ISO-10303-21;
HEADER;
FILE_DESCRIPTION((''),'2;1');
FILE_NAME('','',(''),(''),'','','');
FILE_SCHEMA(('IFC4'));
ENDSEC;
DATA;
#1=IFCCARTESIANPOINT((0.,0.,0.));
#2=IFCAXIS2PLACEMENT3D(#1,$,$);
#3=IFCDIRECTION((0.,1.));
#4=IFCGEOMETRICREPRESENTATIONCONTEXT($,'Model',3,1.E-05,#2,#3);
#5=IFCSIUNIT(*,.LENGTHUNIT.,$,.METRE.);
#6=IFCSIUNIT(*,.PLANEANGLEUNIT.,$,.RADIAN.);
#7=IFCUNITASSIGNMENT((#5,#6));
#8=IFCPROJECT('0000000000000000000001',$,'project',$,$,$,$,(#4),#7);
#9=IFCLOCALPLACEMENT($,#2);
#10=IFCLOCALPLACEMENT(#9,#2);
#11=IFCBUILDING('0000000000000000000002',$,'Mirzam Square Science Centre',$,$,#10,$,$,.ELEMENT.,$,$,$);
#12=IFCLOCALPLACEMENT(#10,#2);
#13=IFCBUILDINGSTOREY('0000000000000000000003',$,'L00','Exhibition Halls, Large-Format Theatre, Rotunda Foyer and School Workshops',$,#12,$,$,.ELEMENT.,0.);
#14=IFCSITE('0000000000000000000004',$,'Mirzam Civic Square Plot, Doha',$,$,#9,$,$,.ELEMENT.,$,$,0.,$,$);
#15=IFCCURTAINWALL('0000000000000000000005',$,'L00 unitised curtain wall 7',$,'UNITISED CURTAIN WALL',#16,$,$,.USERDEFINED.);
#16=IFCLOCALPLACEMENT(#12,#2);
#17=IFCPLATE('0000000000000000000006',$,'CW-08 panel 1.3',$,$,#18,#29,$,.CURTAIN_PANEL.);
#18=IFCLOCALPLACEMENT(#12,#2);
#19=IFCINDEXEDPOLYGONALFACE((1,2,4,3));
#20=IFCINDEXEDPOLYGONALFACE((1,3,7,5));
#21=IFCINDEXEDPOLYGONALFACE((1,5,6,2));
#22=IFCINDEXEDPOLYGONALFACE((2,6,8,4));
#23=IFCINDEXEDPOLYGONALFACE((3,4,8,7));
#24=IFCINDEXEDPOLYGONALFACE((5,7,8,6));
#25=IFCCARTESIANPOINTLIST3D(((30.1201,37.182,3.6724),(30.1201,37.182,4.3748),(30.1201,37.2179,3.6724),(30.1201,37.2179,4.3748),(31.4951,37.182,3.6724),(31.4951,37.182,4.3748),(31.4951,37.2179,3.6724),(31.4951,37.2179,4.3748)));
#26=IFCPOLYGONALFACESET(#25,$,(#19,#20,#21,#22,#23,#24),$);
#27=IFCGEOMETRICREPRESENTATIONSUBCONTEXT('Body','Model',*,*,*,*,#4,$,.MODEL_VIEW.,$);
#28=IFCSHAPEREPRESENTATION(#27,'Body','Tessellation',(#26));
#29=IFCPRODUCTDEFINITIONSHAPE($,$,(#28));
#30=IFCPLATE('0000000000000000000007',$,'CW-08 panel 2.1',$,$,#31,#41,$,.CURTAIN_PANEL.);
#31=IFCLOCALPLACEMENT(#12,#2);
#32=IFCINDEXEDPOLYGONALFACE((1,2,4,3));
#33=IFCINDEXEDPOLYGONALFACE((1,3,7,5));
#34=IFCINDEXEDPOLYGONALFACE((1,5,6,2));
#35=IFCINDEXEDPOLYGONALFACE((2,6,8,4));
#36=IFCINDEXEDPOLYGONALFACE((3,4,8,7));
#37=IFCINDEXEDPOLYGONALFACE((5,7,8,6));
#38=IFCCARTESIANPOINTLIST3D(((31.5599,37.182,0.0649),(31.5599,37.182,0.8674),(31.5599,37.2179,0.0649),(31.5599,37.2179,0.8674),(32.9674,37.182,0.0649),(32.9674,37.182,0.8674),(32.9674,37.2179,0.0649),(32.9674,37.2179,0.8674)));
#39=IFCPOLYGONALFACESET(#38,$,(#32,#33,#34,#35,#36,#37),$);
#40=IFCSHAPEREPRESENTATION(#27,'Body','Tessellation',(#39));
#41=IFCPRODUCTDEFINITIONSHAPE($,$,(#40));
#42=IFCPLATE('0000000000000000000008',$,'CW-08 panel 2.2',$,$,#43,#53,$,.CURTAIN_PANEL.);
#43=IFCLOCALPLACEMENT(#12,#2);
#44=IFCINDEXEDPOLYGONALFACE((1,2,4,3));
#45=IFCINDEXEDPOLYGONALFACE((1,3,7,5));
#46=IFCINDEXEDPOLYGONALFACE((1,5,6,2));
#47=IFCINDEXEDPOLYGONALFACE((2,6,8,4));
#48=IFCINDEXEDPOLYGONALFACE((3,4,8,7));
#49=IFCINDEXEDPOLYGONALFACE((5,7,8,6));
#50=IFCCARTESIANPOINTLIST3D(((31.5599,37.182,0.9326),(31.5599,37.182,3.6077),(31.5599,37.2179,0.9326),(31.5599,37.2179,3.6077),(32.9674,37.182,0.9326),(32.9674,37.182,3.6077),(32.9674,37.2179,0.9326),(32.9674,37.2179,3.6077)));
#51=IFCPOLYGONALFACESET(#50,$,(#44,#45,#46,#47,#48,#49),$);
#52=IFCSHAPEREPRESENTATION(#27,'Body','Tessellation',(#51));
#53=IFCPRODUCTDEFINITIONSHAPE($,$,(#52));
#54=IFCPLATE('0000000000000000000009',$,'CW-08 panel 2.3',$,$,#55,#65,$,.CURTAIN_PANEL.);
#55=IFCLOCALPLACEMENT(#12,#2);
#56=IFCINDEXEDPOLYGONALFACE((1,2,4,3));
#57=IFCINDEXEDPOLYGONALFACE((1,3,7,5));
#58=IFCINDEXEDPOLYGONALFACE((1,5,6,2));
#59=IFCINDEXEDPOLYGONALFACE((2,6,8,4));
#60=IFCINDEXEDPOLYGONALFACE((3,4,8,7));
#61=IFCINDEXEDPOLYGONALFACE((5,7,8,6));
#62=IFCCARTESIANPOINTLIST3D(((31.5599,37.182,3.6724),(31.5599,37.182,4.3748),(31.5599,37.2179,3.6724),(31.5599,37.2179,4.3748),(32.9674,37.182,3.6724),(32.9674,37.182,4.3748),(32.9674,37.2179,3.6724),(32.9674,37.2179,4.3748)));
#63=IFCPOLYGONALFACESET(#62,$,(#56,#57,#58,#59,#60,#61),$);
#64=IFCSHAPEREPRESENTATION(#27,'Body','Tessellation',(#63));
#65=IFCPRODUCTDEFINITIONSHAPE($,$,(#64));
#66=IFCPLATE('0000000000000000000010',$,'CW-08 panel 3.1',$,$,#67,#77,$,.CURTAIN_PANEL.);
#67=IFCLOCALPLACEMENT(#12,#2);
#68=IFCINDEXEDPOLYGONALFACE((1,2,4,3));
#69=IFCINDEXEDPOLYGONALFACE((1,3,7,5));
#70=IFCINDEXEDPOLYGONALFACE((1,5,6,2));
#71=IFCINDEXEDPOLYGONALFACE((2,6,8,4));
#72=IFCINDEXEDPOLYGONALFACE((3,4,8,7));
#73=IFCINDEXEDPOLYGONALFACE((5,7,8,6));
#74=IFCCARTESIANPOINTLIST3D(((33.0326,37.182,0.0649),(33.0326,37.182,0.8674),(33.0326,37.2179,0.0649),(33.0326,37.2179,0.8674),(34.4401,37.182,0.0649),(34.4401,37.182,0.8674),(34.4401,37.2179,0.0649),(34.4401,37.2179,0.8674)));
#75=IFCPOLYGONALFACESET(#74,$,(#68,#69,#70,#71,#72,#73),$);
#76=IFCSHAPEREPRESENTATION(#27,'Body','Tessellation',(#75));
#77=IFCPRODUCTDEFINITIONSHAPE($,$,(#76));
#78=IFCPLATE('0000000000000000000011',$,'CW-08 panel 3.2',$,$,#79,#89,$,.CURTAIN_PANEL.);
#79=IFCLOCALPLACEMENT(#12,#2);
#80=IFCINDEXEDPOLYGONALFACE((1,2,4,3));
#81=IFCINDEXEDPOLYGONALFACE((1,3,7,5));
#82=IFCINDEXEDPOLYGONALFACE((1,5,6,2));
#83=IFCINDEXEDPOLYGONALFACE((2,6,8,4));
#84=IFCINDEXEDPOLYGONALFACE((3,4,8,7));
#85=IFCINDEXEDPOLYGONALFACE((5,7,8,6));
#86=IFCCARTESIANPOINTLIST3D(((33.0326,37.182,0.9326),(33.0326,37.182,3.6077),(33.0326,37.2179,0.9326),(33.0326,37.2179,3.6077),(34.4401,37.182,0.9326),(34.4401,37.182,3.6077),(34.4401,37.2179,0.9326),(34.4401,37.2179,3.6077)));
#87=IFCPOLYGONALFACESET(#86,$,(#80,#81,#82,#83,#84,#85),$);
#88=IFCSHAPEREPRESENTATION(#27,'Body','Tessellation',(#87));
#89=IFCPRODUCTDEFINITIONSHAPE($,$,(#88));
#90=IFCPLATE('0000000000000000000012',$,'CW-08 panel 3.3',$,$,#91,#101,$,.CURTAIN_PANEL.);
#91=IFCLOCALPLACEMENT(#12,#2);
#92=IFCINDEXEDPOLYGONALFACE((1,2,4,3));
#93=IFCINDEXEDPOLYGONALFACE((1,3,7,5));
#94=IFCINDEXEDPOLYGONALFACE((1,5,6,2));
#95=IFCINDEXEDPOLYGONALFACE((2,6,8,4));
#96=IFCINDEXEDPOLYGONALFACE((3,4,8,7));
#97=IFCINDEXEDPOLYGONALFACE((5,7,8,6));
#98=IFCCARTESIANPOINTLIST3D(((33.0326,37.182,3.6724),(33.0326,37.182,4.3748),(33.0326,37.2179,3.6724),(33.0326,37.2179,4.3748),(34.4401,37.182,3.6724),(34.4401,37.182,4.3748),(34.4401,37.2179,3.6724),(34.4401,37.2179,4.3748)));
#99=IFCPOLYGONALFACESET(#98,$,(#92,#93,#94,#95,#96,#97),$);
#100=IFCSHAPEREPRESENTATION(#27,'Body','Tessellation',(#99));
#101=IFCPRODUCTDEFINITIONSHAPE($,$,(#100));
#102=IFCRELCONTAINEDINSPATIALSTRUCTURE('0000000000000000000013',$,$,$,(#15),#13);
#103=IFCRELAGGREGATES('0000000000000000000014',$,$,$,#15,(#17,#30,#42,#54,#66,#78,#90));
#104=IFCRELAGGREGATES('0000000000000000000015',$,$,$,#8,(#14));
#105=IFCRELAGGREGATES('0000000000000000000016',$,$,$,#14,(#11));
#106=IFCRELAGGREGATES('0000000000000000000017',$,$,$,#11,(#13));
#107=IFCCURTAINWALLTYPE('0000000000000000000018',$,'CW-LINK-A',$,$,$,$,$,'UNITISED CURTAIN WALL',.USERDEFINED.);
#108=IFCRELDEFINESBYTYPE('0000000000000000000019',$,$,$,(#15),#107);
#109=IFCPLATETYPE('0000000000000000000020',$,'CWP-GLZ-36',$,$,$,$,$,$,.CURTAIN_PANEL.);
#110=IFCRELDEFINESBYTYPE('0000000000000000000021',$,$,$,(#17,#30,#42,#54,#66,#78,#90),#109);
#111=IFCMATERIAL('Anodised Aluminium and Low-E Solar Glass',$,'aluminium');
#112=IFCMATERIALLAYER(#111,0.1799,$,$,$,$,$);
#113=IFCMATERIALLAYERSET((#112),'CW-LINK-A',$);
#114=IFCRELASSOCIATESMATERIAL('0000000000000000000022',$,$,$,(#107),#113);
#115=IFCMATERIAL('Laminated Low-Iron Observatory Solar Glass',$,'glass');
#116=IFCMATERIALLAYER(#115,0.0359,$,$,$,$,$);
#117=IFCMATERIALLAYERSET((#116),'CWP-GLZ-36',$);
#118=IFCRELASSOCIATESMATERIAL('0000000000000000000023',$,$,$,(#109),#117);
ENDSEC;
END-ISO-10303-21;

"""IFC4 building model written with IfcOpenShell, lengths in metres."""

from ifc_helpers import new_model, si_unit, direction, frame, origin, origin_2d, place, context, subcontext, project, spatial, rectangle, extrude, material, layer, layer_set, type_object, element, aggregate, save


model = new_model("IFC4")

# Units and contexts
model_context = context("Model", 3, precision=1e-05, world=origin(), true_north=direction((0.0, 1.0)))
body_context = subcontext(model_context, "Body", "Model", "MODEL_VIEW")
ifc_project = project(units=[si_unit("LENGTHUNIT", "METRE"), si_unit("PLANEANGLEUNIT", "RADIAN")], contexts=[model_context])

# Site, building, storey
site_placement = place(None, origin())
site = spatial("IfcSite", under=ifc_project, at=site_placement, Name="Mirzam Civic Square Plot, Doha", CompositionType="ELEMENT", RefElevation=0.0)
building_placement = place(site_placement, origin())
building = spatial("IfcBuilding", under=site, at=building_placement, Name="Mirzam Square Science Centre", CompositionType="ELEMENT")
storey_placement = place(building_placement, origin())
storey = spatial("IfcBuildingStorey", under=building, at=storey_placement, Name="L00", Description="Exhibition Halls, Large-Format Theatre, Rotunda Foyer and School Workshops", CompositionType="ELEMENT", Elevation=0.0)

# Curtain wall, plates
ifc_material_1 = material(Name="Anodised Aluminium and Low-E Solar Glass", Category="aluminium")
ifc_layer_1 = layer(ifc_material_1, 0.1799)
ifc_layer_set_1 = layer_set([ifc_layer_1], Name="CW-LINK-A")
curtain_wall_type = type_object("IfcCurtainWallType", Name="CW-LINK-A", ElementType="UNITISED CURTAIN WALL", PredefinedType="USERDEFINED", material=ifc_layer_set_1)
curtain_wall_placement = place(storey_placement, origin())
curtain_wall = element("IfcCurtainWall", 1, at=curtain_wall_placement, inside=storey, type_object=curtain_wall_type, Name="L00 unitised curtain wall 7", ObjectType="UNITISED CURTAIN WALL", PredefinedType="USERDEFINED")
ifc_material_2 = material(Name="Laminated Low-Iron Observatory Solar Glass", Category="glass")
ifc_layer_2 = layer(ifc_material_2, 0.0359)
ifc_layer_set_2 = layer_set([ifc_layer_2], Name="CWP-GLZ-36")
plate_type = type_object("IfcPlateType", Name="CWP-GLZ-36", PredefinedType="CURTAIN_PANEL", material=ifc_layer_set_2)
plate_1_placement = place(storey_placement, frame((30.8076, 37.2, 3.6724), z_axis=(0.0, 0.0, 1.0), x_axis=(1.0, 0.0, 0.0)))
plate_1 = element("IfcPlate", 2, at=plate_1_placement, type_object=plate_type, Name="CW-08 panel 1.3", PredefinedType="CURTAIN_PANEL", context=body_context, shape_type="SweptSolid", body=[
    extrude(rectangle(XDim=1.375, YDim=0.0359, at=origin_2d()), origin(), (0.0, 0.0, 1.0), 0.7024),
])
plate_2_placement = place(storey_placement, frame((32.2637, 37.2, 0.0649), z_axis=(0.0, 0.0, 1.0), x_axis=(1.0, 0.0, 0.0)))
plate_2 = element("IfcPlate", 3, at=plate_2_placement, type_object=plate_type, Name="CW-08 panel 2.1", PredefinedType="CURTAIN_PANEL", context=body_context, shape_type="SweptSolid", body=[
    extrude(rectangle(XDim=1.4075, YDim=0.0359, at=origin_2d()), origin(), (0.0, 0.0, 1.0), 0.8025),
])
plate_3_placement = place(storey_placement, frame((32.2637, 37.2, 0.9326), z_axis=(0.0, 0.0, 1.0), x_axis=(1.0, 0.0, 0.0)))
plate_3 = element("IfcPlate", 4, at=plate_3_placement, type_object=plate_type, Name="CW-08 panel 2.2", PredefinedType="CURTAIN_PANEL", context=body_context, shape_type="SweptSolid", body=[
    extrude(rectangle(XDim=1.4075, YDim=0.0359, at=origin_2d()), origin(), (0.0, 0.0, 1.0), 2.675),
])
plate_4_placement = place(storey_placement, frame((32.2637, 37.2, 3.6724), z_axis=(0.0, 0.0, 1.0), x_axis=(1.0, 0.0, 0.0)))
plate_4 = element("IfcPlate", 5, at=plate_4_placement, type_object=plate_type, Name="CW-08 panel 2.3", PredefinedType="CURTAIN_PANEL", context=body_context, shape_type="SweptSolid", body=[
    extrude(rectangle(XDim=1.4075, YDim=0.0359, at=origin_2d()), origin(), (0.0, 0.0, 1.0), 0.7024),
])
plate_5_placement = place(storey_placement, frame((33.7363, 37.2, 0.0649), z_axis=(0.0, 0.0, 1.0), x_axis=(1.0, 0.0, 0.0)))
plate_5 = element("IfcPlate", 6, at=plate_5_placement, type_object=plate_type, Name="CW-08 panel 3.1", PredefinedType="CURTAIN_PANEL", context=body_context, shape_type="SweptSolid", body=[
    extrude(rectangle(XDim=1.4075, YDim=0.0359, at=origin_2d()), origin(), (0.0, 0.0, 1.0), 0.8025),
])
plate_6_placement = place(storey_placement, frame((33.7363, 37.2, 0.9326), z_axis=(0.0, 0.0, 1.0), x_axis=(1.0, 0.0, 0.0)))
plate_6 = element("IfcPlate", 7, at=plate_6_placement, type_object=plate_type, Name="CW-08 panel 3.2", PredefinedType="CURTAIN_PANEL", context=body_context, shape_type="SweptSolid", body=[
    extrude(rectangle(XDim=1.4075, YDim=0.0359, at=origin_2d()), origin(), (0.0, 0.0, 1.0), 2.675),
])
plate_7_placement = place(storey_placement, frame((33.7363, 37.2, 3.6724), z_axis=(0.0, 0.0, 1.0), x_axis=(1.0, 0.0, 0.0)))
plate_7 = element("IfcPlate", 8, at=plate_7_placement, type_object=plate_type, Name="CW-08 panel 3.3", PredefinedType="CURTAIN_PANEL", context=body_context, shape_type="SweptSolid", body=[
    extrude(rectangle(XDim=1.4075, YDim=0.0359, at=origin_2d()), origin(), (0.0, 0.0, 1.0), 0.7024),
])
aggregate(curtain_wall, [plate_1, plate_2, plate_3, plate_4, plate_5, plate_6, plate_7])

save(model, "model.ifc")
